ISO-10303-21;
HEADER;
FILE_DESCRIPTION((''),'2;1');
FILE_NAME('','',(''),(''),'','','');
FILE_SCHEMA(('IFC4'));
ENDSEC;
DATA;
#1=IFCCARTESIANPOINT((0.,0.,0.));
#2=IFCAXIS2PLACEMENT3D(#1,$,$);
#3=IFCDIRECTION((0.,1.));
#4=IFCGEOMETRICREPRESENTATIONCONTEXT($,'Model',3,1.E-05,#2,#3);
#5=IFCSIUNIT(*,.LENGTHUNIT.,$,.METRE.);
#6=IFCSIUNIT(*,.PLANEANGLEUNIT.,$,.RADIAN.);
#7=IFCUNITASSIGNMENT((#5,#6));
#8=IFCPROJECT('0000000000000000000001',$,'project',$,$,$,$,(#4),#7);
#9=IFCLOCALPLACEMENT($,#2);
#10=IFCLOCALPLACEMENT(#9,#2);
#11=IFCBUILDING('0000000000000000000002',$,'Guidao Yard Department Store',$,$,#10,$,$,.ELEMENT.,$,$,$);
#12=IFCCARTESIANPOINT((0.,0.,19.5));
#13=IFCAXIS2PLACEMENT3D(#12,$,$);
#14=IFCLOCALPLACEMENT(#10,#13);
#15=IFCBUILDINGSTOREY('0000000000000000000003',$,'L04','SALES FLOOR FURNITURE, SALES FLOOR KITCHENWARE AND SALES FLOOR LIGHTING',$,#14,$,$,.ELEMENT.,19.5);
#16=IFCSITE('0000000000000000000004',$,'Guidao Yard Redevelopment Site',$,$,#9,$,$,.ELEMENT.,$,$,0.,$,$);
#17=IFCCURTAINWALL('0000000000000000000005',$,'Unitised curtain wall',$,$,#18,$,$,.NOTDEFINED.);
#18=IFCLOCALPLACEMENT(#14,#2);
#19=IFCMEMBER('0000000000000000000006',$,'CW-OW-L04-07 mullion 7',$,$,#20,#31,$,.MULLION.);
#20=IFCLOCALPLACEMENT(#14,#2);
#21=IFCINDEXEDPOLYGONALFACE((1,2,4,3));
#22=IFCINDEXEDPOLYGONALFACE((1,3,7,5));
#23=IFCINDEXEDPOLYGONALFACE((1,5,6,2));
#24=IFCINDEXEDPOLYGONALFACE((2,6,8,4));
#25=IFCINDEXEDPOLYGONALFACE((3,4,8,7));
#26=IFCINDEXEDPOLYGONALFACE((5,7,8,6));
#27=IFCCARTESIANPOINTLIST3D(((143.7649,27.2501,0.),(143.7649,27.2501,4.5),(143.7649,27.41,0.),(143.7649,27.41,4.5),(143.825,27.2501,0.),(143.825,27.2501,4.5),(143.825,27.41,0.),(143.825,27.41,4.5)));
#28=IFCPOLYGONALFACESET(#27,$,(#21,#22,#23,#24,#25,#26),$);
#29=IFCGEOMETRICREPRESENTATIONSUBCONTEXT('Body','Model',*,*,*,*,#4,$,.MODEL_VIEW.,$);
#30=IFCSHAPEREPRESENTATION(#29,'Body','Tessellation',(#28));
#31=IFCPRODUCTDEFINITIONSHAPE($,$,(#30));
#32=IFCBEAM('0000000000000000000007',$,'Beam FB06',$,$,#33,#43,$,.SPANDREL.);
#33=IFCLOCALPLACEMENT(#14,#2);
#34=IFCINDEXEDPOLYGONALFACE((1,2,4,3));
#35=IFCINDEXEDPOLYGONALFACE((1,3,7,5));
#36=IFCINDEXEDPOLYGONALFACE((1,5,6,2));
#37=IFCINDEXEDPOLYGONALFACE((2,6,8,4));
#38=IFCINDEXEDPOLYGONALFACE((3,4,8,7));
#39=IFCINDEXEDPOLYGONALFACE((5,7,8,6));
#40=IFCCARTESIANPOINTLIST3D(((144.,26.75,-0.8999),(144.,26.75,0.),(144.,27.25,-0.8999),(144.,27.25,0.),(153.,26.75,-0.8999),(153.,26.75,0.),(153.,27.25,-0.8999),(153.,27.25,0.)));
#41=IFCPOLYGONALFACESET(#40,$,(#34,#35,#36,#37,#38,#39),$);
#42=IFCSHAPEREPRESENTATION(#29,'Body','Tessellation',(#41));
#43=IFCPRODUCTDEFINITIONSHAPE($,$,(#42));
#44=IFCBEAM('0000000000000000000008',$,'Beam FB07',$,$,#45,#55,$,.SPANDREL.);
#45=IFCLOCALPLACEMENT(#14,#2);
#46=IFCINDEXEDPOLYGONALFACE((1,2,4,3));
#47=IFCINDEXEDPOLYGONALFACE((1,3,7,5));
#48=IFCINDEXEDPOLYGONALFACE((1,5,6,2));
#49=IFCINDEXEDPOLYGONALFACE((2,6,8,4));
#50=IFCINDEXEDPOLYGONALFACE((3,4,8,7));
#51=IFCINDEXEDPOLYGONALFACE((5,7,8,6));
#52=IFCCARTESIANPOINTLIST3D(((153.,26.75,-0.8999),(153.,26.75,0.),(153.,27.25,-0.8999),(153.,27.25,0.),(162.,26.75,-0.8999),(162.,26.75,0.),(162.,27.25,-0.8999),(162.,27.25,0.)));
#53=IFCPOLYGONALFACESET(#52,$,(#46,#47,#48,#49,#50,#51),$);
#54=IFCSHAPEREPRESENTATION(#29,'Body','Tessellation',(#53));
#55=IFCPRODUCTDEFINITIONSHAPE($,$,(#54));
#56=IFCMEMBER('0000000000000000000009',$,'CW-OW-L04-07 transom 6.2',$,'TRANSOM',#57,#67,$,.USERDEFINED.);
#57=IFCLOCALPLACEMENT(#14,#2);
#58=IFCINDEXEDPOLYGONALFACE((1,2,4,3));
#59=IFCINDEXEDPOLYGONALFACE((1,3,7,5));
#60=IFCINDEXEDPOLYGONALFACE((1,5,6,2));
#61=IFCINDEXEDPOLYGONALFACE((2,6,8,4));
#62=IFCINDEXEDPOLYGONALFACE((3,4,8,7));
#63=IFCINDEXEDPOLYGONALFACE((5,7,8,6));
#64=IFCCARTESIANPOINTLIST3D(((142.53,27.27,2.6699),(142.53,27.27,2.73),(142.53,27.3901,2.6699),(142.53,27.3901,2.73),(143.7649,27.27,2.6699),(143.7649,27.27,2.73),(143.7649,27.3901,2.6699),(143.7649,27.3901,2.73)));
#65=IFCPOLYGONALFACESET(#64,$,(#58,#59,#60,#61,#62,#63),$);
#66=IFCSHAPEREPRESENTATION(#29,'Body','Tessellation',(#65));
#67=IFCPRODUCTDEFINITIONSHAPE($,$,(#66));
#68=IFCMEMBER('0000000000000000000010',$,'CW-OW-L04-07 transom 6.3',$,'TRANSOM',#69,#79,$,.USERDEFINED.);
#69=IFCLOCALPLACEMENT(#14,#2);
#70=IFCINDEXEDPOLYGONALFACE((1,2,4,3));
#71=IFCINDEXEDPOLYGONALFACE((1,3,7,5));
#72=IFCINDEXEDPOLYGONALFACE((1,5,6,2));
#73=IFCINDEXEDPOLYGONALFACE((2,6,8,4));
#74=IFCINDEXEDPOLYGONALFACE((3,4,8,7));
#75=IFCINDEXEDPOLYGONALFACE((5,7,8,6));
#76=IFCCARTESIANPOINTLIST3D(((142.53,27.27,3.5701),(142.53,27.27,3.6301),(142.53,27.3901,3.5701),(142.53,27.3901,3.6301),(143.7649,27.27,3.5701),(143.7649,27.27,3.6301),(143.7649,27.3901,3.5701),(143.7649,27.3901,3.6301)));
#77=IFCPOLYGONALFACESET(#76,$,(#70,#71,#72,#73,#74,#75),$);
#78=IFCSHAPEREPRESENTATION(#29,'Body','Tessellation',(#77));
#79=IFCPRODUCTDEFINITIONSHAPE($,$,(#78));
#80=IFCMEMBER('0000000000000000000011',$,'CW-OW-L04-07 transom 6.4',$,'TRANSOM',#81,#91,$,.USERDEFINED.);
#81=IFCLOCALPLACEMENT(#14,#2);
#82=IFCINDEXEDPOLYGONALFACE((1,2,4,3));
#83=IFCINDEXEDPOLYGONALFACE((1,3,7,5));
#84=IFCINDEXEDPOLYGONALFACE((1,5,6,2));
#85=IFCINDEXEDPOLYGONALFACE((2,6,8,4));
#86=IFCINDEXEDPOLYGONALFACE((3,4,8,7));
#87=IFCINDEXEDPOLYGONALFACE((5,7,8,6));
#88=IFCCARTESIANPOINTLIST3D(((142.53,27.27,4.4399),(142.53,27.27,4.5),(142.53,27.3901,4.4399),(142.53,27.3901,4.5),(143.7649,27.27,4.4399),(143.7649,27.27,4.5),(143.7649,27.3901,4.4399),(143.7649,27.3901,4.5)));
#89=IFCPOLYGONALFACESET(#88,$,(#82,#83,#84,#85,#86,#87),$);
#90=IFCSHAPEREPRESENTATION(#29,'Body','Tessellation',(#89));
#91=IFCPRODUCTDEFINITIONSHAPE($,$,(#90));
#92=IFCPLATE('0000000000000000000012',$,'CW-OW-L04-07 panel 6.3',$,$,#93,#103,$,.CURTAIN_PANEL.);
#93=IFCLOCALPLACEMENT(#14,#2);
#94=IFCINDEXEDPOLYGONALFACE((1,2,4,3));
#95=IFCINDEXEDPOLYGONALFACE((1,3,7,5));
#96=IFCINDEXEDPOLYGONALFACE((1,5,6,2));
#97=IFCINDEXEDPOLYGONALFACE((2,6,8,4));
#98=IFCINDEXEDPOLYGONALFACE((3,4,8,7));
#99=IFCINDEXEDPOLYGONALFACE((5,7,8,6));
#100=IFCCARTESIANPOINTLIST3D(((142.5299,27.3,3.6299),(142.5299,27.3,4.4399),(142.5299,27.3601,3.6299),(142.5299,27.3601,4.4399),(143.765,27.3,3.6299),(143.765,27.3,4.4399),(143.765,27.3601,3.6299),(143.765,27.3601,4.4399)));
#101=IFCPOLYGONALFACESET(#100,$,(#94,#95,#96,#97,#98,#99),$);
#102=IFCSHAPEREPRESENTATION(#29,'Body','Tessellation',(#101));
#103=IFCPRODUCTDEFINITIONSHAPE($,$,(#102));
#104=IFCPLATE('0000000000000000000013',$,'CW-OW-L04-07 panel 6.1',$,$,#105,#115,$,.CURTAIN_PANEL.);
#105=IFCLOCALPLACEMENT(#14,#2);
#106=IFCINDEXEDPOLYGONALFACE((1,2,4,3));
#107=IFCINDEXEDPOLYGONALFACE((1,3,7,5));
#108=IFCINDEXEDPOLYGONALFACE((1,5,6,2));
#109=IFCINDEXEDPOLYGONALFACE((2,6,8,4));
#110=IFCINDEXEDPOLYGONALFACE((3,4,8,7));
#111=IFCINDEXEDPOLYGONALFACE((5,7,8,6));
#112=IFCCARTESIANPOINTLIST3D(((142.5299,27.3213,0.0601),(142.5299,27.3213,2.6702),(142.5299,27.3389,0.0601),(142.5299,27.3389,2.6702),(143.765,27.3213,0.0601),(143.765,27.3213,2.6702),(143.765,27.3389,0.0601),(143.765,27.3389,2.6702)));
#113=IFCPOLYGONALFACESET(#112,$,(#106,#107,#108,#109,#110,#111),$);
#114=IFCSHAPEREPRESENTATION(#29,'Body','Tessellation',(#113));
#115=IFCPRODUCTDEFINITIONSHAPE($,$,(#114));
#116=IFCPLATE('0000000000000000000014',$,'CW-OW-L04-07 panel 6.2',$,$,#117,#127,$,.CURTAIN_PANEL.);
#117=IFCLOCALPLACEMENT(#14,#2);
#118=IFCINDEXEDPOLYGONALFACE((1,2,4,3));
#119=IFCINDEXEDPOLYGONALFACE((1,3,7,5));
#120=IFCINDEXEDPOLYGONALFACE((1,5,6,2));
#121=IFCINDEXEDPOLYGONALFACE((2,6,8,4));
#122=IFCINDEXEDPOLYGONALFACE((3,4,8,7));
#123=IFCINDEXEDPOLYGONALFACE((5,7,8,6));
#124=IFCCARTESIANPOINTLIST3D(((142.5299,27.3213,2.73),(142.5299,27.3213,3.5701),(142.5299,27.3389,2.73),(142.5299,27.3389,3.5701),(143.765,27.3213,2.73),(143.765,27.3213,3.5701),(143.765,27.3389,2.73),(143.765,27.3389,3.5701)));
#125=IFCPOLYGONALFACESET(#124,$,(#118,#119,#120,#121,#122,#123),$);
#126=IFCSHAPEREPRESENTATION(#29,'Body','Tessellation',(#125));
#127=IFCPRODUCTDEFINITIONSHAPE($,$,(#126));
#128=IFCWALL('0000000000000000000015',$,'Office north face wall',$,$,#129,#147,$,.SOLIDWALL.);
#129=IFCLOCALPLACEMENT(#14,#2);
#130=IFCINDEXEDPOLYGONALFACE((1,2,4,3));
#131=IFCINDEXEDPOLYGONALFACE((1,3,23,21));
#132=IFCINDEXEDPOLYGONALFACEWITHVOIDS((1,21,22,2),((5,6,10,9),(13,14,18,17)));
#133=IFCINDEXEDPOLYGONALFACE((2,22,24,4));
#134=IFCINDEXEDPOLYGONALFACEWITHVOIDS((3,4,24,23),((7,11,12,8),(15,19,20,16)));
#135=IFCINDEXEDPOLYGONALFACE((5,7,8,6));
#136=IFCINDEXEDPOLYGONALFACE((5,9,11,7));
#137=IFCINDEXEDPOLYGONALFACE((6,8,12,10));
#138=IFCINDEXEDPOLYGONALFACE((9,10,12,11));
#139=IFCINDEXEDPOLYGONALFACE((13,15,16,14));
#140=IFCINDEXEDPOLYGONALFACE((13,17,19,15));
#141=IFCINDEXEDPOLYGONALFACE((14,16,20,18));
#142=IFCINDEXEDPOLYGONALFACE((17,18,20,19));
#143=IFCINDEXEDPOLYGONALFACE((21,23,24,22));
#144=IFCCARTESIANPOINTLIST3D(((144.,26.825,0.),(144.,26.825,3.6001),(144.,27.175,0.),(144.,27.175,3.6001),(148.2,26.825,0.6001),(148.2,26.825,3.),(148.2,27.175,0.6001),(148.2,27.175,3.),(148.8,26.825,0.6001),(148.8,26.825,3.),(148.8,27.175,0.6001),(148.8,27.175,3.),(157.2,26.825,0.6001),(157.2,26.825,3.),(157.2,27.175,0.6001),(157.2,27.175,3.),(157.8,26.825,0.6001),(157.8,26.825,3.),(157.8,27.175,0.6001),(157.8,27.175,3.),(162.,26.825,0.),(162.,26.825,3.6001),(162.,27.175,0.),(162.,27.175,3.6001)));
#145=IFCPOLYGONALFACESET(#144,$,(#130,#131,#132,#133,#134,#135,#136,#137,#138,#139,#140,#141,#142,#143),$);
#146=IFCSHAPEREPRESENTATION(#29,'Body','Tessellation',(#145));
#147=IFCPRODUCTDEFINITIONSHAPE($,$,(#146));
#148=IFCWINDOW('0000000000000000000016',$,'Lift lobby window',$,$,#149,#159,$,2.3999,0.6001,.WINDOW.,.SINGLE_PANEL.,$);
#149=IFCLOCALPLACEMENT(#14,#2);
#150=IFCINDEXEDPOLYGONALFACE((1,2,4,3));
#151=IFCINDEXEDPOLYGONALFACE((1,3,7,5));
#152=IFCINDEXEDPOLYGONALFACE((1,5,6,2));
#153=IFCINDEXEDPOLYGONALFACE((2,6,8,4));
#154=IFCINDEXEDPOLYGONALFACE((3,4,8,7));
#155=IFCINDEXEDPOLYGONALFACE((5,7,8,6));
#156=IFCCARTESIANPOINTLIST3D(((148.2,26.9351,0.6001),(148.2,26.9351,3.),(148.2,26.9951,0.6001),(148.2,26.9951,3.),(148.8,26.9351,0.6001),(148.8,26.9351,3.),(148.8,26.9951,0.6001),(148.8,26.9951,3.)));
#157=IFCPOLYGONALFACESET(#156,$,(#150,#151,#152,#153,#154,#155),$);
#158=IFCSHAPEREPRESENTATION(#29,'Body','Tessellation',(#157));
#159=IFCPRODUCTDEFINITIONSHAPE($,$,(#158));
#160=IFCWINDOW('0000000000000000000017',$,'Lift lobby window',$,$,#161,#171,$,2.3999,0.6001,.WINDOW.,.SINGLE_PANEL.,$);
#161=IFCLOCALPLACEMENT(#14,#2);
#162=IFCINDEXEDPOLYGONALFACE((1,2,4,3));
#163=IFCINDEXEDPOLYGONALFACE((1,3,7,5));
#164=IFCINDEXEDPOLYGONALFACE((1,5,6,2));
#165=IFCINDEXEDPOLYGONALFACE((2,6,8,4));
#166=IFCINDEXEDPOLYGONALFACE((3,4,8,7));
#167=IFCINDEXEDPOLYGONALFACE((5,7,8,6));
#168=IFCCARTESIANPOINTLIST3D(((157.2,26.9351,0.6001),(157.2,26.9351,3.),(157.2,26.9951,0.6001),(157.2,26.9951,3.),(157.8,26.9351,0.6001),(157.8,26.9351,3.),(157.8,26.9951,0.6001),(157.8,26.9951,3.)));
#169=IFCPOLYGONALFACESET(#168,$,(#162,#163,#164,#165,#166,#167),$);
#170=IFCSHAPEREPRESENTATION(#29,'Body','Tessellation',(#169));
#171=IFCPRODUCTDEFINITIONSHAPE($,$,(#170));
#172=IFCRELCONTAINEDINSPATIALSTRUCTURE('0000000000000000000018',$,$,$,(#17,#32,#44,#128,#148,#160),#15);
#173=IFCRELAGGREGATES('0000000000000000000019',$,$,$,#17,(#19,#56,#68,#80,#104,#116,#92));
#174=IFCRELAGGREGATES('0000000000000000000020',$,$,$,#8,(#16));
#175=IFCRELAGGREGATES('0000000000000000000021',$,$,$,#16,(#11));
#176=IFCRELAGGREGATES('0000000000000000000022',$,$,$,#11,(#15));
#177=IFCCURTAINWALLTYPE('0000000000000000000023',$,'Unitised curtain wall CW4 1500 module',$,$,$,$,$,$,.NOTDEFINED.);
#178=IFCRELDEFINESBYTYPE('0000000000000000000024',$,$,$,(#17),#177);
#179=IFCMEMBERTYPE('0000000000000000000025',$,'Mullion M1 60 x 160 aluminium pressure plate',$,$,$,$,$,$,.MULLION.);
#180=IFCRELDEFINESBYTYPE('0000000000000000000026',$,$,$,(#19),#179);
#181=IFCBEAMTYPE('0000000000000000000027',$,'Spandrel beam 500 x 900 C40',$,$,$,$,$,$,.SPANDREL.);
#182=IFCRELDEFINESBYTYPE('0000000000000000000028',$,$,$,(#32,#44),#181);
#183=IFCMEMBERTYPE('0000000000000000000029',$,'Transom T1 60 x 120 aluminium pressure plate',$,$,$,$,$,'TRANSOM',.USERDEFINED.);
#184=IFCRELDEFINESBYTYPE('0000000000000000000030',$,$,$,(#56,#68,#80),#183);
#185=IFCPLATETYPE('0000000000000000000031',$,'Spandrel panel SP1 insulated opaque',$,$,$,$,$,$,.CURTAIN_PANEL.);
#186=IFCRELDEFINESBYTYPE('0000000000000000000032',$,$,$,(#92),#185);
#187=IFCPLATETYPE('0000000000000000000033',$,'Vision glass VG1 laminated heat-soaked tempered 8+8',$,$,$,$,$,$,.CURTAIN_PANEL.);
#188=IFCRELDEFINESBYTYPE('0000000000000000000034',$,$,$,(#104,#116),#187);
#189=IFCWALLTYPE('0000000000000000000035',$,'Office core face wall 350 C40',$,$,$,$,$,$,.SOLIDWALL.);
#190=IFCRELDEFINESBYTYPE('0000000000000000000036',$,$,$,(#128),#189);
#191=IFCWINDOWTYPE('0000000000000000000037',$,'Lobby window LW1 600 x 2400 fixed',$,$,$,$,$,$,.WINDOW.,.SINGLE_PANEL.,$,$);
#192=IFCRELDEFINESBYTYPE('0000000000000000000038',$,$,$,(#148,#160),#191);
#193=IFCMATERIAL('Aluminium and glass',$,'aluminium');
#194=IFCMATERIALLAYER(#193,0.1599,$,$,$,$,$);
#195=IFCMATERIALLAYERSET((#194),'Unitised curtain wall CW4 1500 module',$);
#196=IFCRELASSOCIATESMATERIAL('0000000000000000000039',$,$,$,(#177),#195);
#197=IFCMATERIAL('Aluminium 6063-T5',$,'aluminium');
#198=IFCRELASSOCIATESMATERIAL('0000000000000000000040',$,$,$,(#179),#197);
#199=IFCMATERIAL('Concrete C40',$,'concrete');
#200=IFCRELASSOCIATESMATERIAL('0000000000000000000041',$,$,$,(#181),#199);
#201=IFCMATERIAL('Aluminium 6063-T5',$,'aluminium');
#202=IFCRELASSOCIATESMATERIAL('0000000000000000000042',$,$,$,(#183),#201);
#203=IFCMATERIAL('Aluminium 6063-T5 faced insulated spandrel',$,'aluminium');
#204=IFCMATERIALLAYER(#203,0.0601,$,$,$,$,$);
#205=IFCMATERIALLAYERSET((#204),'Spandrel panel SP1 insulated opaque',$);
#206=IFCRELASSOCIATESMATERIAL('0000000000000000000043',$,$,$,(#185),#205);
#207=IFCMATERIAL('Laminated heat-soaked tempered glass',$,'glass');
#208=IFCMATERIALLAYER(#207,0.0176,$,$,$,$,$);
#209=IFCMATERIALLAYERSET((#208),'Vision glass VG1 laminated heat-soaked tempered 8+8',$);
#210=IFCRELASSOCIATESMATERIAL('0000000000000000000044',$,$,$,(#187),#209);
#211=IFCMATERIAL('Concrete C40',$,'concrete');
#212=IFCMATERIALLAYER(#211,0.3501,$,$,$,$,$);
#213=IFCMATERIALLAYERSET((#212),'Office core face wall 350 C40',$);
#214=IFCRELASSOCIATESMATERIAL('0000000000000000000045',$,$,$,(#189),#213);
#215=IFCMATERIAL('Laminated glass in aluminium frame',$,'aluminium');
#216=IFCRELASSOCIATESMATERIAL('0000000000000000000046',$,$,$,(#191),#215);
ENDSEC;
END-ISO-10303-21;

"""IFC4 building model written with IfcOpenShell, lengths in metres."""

from ifc_helpers import new_model, si_unit, direction, frame, frame_2d, origin, origin_2d, place, context, subcontext, project, spatial, rectangle, extrude, material, layer, layer_set, material_profile, profile_set, type_object, element, fill, aggregate, save


model = new_model("IFC4")

# Units and contexts
model_context = context("Model", 3, precision=1e-05, world=origin(), true_north=direction((0.0, 1.0)))
body_context = subcontext(model_context, "Body", "Model", "MODEL_VIEW")
ifc_project = project(units=[si_unit("LENGTHUNIT", "METRE"), si_unit("PLANEANGLEUNIT", "RADIAN")], contexts=[model_context])

# Site, building, storey
site_placement = place(None, origin())
site = spatial("IfcSite", under=ifc_project, at=site_placement, Name="Guidao Yard Redevelopment Site", CompositionType="ELEMENT", RefElevation=0.0)
building_placement = place(site_placement, origin())
building = spatial("IfcBuilding", under=site, at=building_placement, Name="Guidao Yard Department Store", CompositionType="ELEMENT")
storey_placement = place(building_placement, frame((0.0, 0.0, 19.5)))
storey = spatial("IfcBuildingStorey", under=building, at=storey_placement, Name="L04", Description="SALES FLOOR FURNITURE, SALES FLOOR KITCHENWARE AND SALES FLOOR LIGHTING", CompositionType="ELEMENT", Elevation=19.5)

# Curtain wall, member
ifc_material_1 = material(Name="Aluminium and glass", Category="aluminium")
ifc_layer_1 = layer(ifc_material_1, 0.1599)
ifc_layer_set_1 = layer_set([ifc_layer_1], Name="Unitised curtain wall CW4 1500 module")
curtain_wall_type = type_object("IfcCurtainWallType", Name="Unitised curtain wall CW4 1500 module", PredefinedType="NOTDEFINED", material=ifc_layer_set_1)
curtain_wall_placement = place(storey_placement, origin())
curtain_wall = element("IfcCurtainWall", 1, at=curtain_wall_placement, inside=storey, type_object=curtain_wall_type, Name="Unitised curtain wall", PredefinedType="NOTDEFINED")
ifc_material_2 = material(Name="Aluminium 6063-T5", Category="aluminium")
ifc_material_profile_1 = material_profile(ifc_material_2, rectangle(XDim=0.0601, YDim=0.1599, at=origin_2d()), Name="Mullion M1 60 x 160 aluminium pressure plate")
ifc_profile_set_1 = profile_set([ifc_material_profile_1], Name="Aluminium 6063-T5")
member_type_1 = type_object("IfcMemberType", Name="Mullion M1 60 x 160 aluminium pressure plate", PredefinedType="MULLION", material=ifc_profile_set_1)
member_1_placement = place(storey_placement, frame((143.7949, 27.3301, 0.0), z_axis=(0.0, 0.0, 1.0), x_axis=(1.0, 0.0, 0.0)))
member_1 = element("IfcMember", 2, at=member_1_placement, type_object=member_type_1, Name="CW-OW-L04-07 mullion 7", PredefinedType="MULLION", context=body_context, shape_type="SweptSolid", body=[
    extrude(rectangle(XDim=0.0601, YDim=0.1599, at=origin_2d()), origin(), (0.0, 0.0, 1.0), 4.5),
])

# Beams
ifc_material_3 = material(Name="Concrete C40", Category="concrete")
ifc_material_profile_2 = material_profile(ifc_material_3, rectangle(XDim=0.5, YDim=0.8999, at=origin_2d()), Name="Spandrel beam 500 x 900 C40")
ifc_profile_set_2 = profile_set([ifc_material_profile_2], Name="Concrete C40")
beam_type = type_object("IfcBeamType", Name="Spandrel beam 500 x 900 C40", PredefinedType="SPANDREL", material=ifc_profile_set_2)
for number, where, z_axis, x_axis, name in (
    (3, (144.0, 27.0, -0.45), (1.0, 0.0, 0.0), (0.0, 1.0, 0.0), "Beam FB06"),
    (4, (153.0, 27.0, -0.45), (1.0, 0.0, 0.0), (0.0, 1.0, 0.0), "Beam FB07"),
):
    element("IfcBeam", number, at=place(storey_placement, frame(where, z_axis=z_axis, x_axis=x_axis)), inside=storey, type_object=beam_type, Name=name, PredefinedType="SPANDREL", context=body_context, shape_type="SweptSolid", body=[
        extrude(rectangle(XDim=0.5, YDim=0.8999, at=origin_2d()), origin(), (0.0, 0.0, 1.0), 9.0),
    ])

# Members
ifc_material_4 = material(Name="Aluminium 6063-T5", Category="aluminium")
ifc_material_profile_3 = material_profile(ifc_material_4, rectangle(XDim=0.1201, YDim=0.0601, at=origin_2d()), Name="Transom T1 60 x 120 aluminium pressure plate")
ifc_profile_set_3 = profile_set([ifc_material_profile_3], Name="Aluminium 6063-T5")
member_type_2 = type_object("IfcMemberType", Name="Transom T1 60 x 120 aluminium pressure plate", ElementType="TRANSOM", PredefinedType="USERDEFINED", material=ifc_profile_set_3)
member_2_placement = place(storey_placement, frame((142.53, 27.3301, 2.7), z_axis=(1.0, 0.0, 0.0), x_axis=(0.0, 1.0, 0.0)))
member_2 = element("IfcMember", 5, at=member_2_placement, type_object=member_type_2, Name="CW-OW-L04-07 transom 6.2", ObjectType="TRANSOM", PredefinedType="USERDEFINED", context=body_context, shape_type="SweptSolid", body=[
    extrude(rectangle(XDim=0.1201, YDim=0.0601, at=origin_2d()), origin(), (0.0, 0.0, 1.0), 1.2349),
])
member_3_placement = place(storey_placement, frame((142.53, 27.3301, 3.6001), z_axis=(1.0, 0.0, 0.0), x_axis=(0.0, 1.0, 0.0)))
member_3 = element("IfcMember", 6, at=member_3_placement, type_object=member_type_2, Name="CW-OW-L04-07 transom 6.3", ObjectType="TRANSOM", PredefinedType="USERDEFINED", context=body_context, shape_type="SweptSolid", body=[
    extrude(rectangle(XDim=0.1201, YDim=0.0601, at=origin_2d()), origin(), (0.0, 0.0, 1.0), 1.2349),
])
member_4_placement = place(storey_placement, frame((142.53, 27.3301, 4.47), z_axis=(1.0, 0.0, 0.0), x_axis=(0.0, 1.0, 0.0)))
member_4 = element("IfcMember", 7, at=member_4_placement, type_object=member_type_2, Name="CW-OW-L04-07 transom 6.4", ObjectType="TRANSOM", PredefinedType="USERDEFINED", context=body_context, shape_type="SweptSolid", body=[
    extrude(rectangle(XDim=0.1201, YDim=0.0601, at=origin_2d()), origin(), (0.0, 0.0, 1.0), 1.2349),
])

# Plates
ifc_material_5 = material(Name="Aluminium 6063-T5 faced insulated spandrel", Category="aluminium")
ifc_layer_2 = layer(ifc_material_5, 0.0601)
ifc_layer_set_2 = layer_set([ifc_layer_2], Name="Spandrel panel SP1 insulated opaque")
plate_type_1 = type_object("IfcPlateType", Name="Spandrel panel SP1 insulated opaque", PredefinedType="CURTAIN_PANEL", material=ifc_layer_set_2)
plate_1_placement = place(storey_placement, frame((143.1475, 27.3301, 3.6299), z_axis=(0.0, 0.0, 1.0), x_axis=(1.0, 0.0, 0.0)))
plate_1 = element("IfcPlate", 8, at=plate_1_placement, type_object=plate_type_1, Name="CW-OW-L04-07 panel 6.3", PredefinedType="CURTAIN_PANEL", context=body_context, shape_type="SweptSolid", body=[
    extrude(rectangle(XDim=1.2351, YDim=0.0601, at=origin_2d()), origin(), (0.0, 0.0, 1.0), 0.8101),
])
ifc_material_6 = material(Name="Laminated heat-soaked tempered glass", Category="glass")
ifc_layer_3 = layer(ifc_material_6, 0.0176)
ifc_layer_set_3 = layer_set([ifc_layer_3], Name="Vision glass VG1 laminated heat-soaked tempered 8+8")
plate_type_2 = type_object("IfcPlateType", Name="Vision glass VG1 laminated heat-soaked tempered 8+8", PredefinedType="CURTAIN_PANEL", material=ifc_layer_set_3)
plate_2_placement = place(storey_placement, frame((143.1475, 27.3301, 0.0601), z_axis=(0.0, 0.0, 1.0), x_axis=(1.0, 0.0, 0.0)))
plate_2 = element("IfcPlate", 9, at=plate_2_placement, type_object=plate_type_2, Name="CW-OW-L04-07 panel 6.1", PredefinedType="CURTAIN_PANEL", context=body_context, shape_type="SweptSolid", body=[
    extrude(rectangle(XDim=1.2351, YDim=0.0176, at=origin_2d()), origin(), (0.0, 0.0, 1.0), 2.6101),
])
plate_3_placement = place(storey_placement, frame((143.1475, 27.3301, 2.73), z_axis=(0.0, 0.0, 1.0), x_axis=(1.0, 0.0, 0.0)))
plate_3 = element("IfcPlate", 10, at=plate_3_placement, type_object=plate_type_2, Name="CW-OW-L04-07 panel 6.2", PredefinedType="CURTAIN_PANEL", context=body_context, shape_type="SweptSolid", body=[
    extrude(rectangle(XDim=1.2351, YDim=0.0176, at=origin_2d()), origin(), (0.0, 0.0, 1.0), 0.8401),
])
aggregate(curtain_wall, [member_1, member_2, member_3, member_4, plate_2, plate_3, plate_1])

# Wall, openings, windows
ifc_material_7 = material(Name="Concrete C40", Category="concrete")
ifc_layer_4 = layer(ifc_material_7, 0.3501)
ifc_layer_set_4 = layer_set([ifc_layer_4], Name="Office core face wall 350 C40")
wall_type_1 = type_object("IfcWallType", Name="Office core face wall 350 C40", PredefinedType="SOLIDWALL", material=ifc_layer_set_4)
wall_1_placement = place(storey_placement, frame((144.0, 27.0, 0.0), z_axis=(0.0, 0.0, 1.0), x_axis=(1.0, 0.0, 0.0)))
wall_1 = element("IfcWall", 11, at=wall_1_placement, inside=storey, type_object=wall_type_1, Name="Office north face wall", PredefinedType="SOLIDWALL", context=body_context, shape_type="SweptSolid", body=[
    extrude(rectangle(XDim=18.0, YDim=0.3501, at=frame_2d((9.0, 0.0))), origin(), (0.0, 0.0, 1.0), 3.6001),
])
opening_1_placement = place(wall_1_placement, frame((4.2, 0.0, 0.6001)))
opening_1 = element("IfcOpeningElement", 12, at=opening_1_placement, cuts=wall_1, PredefinedType="OPENING", context=body_context, shape_type="SweptSolid", body=[
    extrude(rectangle(XDim=0.6001, YDim=2.3999, at=frame_2d((0.3, 1.2))), frame((0.0, 0.1851, 0.0), z_axis=(0.0, -1.0, 0.0), x_axis=(1.0, 0.0, 0.0)), (0.0, 0.0, 1.0), 0.3701),
])
opening_2_placement = place(wall_1_placement, frame((13.2, 0.0, 0.6001)))
opening_2 = element("IfcOpeningElement", 13, at=opening_2_placement, cuts=wall_1, PredefinedType="OPENING", context=body_context, shape_type="SweptSolid", body=[
    extrude(rectangle(XDim=0.6001, YDim=2.3999, at=frame_2d((0.3, 1.2))), frame((0.0, 0.1851, 0.0), z_axis=(0.0, -1.0, 0.0), x_axis=(1.0, 0.0, 0.0)), (0.0, 0.0, 1.0), 0.3701),
])
ifc_material_8 = material(Name="Laminated glass in aluminium frame", Category="aluminium")
window_type = type_object("IfcWindowType", Name="Lobby window LW1 600 x 2400 fixed", PartitioningType="SINGLE_PANEL", PredefinedType="WINDOW", material=ifc_material_8)
window_1_placement = place(opening_1_placement, origin())
window_1 = element("IfcWindow", 14, at=window_1_placement, inside=storey, type_object=window_type, Name="Lift lobby window", OverallHeight=2.3999, OverallWidth=0.6001, PartitioningType="SINGLE_PANEL", PredefinedType="WINDOW", context=body_context, shape_type="SweptSolid", body=[
    extrude(rectangle(XDim=0.6001, YDim=2.3999, at=frame_2d((0.3, 1.2))), frame((0.0, -0.0049, 0.0), z_axis=(0.0, -1.0, 0.0), x_axis=(1.0, 0.0, 0.0)), (0.0, 0.0, 1.0), 0.0601),
])
fill(opening_1, window_1)
window_2_placement = place(opening_2_placement, origin())
window_2 = element("IfcWindow", 15, at=window_2_placement, inside=storey, type_object=window_type, Name="Lift lobby window", OverallHeight=2.3999, OverallWidth=0.6001, PartitioningType="SINGLE_PANEL", PredefinedType="WINDOW", context=body_context, shape_type="SweptSolid", body=[
    extrude(rectangle(XDim=0.6001, YDim=2.3999, at=frame_2d((0.3, 1.2))), frame((0.0, -0.0049, 0.0), z_axis=(0.0, -1.0, 0.0), x_axis=(1.0, 0.0, 0.0)), (0.0, 0.0, 1.0), 0.0601),
])
fill(opening_2, window_2)

save(model, "model.ifc")
